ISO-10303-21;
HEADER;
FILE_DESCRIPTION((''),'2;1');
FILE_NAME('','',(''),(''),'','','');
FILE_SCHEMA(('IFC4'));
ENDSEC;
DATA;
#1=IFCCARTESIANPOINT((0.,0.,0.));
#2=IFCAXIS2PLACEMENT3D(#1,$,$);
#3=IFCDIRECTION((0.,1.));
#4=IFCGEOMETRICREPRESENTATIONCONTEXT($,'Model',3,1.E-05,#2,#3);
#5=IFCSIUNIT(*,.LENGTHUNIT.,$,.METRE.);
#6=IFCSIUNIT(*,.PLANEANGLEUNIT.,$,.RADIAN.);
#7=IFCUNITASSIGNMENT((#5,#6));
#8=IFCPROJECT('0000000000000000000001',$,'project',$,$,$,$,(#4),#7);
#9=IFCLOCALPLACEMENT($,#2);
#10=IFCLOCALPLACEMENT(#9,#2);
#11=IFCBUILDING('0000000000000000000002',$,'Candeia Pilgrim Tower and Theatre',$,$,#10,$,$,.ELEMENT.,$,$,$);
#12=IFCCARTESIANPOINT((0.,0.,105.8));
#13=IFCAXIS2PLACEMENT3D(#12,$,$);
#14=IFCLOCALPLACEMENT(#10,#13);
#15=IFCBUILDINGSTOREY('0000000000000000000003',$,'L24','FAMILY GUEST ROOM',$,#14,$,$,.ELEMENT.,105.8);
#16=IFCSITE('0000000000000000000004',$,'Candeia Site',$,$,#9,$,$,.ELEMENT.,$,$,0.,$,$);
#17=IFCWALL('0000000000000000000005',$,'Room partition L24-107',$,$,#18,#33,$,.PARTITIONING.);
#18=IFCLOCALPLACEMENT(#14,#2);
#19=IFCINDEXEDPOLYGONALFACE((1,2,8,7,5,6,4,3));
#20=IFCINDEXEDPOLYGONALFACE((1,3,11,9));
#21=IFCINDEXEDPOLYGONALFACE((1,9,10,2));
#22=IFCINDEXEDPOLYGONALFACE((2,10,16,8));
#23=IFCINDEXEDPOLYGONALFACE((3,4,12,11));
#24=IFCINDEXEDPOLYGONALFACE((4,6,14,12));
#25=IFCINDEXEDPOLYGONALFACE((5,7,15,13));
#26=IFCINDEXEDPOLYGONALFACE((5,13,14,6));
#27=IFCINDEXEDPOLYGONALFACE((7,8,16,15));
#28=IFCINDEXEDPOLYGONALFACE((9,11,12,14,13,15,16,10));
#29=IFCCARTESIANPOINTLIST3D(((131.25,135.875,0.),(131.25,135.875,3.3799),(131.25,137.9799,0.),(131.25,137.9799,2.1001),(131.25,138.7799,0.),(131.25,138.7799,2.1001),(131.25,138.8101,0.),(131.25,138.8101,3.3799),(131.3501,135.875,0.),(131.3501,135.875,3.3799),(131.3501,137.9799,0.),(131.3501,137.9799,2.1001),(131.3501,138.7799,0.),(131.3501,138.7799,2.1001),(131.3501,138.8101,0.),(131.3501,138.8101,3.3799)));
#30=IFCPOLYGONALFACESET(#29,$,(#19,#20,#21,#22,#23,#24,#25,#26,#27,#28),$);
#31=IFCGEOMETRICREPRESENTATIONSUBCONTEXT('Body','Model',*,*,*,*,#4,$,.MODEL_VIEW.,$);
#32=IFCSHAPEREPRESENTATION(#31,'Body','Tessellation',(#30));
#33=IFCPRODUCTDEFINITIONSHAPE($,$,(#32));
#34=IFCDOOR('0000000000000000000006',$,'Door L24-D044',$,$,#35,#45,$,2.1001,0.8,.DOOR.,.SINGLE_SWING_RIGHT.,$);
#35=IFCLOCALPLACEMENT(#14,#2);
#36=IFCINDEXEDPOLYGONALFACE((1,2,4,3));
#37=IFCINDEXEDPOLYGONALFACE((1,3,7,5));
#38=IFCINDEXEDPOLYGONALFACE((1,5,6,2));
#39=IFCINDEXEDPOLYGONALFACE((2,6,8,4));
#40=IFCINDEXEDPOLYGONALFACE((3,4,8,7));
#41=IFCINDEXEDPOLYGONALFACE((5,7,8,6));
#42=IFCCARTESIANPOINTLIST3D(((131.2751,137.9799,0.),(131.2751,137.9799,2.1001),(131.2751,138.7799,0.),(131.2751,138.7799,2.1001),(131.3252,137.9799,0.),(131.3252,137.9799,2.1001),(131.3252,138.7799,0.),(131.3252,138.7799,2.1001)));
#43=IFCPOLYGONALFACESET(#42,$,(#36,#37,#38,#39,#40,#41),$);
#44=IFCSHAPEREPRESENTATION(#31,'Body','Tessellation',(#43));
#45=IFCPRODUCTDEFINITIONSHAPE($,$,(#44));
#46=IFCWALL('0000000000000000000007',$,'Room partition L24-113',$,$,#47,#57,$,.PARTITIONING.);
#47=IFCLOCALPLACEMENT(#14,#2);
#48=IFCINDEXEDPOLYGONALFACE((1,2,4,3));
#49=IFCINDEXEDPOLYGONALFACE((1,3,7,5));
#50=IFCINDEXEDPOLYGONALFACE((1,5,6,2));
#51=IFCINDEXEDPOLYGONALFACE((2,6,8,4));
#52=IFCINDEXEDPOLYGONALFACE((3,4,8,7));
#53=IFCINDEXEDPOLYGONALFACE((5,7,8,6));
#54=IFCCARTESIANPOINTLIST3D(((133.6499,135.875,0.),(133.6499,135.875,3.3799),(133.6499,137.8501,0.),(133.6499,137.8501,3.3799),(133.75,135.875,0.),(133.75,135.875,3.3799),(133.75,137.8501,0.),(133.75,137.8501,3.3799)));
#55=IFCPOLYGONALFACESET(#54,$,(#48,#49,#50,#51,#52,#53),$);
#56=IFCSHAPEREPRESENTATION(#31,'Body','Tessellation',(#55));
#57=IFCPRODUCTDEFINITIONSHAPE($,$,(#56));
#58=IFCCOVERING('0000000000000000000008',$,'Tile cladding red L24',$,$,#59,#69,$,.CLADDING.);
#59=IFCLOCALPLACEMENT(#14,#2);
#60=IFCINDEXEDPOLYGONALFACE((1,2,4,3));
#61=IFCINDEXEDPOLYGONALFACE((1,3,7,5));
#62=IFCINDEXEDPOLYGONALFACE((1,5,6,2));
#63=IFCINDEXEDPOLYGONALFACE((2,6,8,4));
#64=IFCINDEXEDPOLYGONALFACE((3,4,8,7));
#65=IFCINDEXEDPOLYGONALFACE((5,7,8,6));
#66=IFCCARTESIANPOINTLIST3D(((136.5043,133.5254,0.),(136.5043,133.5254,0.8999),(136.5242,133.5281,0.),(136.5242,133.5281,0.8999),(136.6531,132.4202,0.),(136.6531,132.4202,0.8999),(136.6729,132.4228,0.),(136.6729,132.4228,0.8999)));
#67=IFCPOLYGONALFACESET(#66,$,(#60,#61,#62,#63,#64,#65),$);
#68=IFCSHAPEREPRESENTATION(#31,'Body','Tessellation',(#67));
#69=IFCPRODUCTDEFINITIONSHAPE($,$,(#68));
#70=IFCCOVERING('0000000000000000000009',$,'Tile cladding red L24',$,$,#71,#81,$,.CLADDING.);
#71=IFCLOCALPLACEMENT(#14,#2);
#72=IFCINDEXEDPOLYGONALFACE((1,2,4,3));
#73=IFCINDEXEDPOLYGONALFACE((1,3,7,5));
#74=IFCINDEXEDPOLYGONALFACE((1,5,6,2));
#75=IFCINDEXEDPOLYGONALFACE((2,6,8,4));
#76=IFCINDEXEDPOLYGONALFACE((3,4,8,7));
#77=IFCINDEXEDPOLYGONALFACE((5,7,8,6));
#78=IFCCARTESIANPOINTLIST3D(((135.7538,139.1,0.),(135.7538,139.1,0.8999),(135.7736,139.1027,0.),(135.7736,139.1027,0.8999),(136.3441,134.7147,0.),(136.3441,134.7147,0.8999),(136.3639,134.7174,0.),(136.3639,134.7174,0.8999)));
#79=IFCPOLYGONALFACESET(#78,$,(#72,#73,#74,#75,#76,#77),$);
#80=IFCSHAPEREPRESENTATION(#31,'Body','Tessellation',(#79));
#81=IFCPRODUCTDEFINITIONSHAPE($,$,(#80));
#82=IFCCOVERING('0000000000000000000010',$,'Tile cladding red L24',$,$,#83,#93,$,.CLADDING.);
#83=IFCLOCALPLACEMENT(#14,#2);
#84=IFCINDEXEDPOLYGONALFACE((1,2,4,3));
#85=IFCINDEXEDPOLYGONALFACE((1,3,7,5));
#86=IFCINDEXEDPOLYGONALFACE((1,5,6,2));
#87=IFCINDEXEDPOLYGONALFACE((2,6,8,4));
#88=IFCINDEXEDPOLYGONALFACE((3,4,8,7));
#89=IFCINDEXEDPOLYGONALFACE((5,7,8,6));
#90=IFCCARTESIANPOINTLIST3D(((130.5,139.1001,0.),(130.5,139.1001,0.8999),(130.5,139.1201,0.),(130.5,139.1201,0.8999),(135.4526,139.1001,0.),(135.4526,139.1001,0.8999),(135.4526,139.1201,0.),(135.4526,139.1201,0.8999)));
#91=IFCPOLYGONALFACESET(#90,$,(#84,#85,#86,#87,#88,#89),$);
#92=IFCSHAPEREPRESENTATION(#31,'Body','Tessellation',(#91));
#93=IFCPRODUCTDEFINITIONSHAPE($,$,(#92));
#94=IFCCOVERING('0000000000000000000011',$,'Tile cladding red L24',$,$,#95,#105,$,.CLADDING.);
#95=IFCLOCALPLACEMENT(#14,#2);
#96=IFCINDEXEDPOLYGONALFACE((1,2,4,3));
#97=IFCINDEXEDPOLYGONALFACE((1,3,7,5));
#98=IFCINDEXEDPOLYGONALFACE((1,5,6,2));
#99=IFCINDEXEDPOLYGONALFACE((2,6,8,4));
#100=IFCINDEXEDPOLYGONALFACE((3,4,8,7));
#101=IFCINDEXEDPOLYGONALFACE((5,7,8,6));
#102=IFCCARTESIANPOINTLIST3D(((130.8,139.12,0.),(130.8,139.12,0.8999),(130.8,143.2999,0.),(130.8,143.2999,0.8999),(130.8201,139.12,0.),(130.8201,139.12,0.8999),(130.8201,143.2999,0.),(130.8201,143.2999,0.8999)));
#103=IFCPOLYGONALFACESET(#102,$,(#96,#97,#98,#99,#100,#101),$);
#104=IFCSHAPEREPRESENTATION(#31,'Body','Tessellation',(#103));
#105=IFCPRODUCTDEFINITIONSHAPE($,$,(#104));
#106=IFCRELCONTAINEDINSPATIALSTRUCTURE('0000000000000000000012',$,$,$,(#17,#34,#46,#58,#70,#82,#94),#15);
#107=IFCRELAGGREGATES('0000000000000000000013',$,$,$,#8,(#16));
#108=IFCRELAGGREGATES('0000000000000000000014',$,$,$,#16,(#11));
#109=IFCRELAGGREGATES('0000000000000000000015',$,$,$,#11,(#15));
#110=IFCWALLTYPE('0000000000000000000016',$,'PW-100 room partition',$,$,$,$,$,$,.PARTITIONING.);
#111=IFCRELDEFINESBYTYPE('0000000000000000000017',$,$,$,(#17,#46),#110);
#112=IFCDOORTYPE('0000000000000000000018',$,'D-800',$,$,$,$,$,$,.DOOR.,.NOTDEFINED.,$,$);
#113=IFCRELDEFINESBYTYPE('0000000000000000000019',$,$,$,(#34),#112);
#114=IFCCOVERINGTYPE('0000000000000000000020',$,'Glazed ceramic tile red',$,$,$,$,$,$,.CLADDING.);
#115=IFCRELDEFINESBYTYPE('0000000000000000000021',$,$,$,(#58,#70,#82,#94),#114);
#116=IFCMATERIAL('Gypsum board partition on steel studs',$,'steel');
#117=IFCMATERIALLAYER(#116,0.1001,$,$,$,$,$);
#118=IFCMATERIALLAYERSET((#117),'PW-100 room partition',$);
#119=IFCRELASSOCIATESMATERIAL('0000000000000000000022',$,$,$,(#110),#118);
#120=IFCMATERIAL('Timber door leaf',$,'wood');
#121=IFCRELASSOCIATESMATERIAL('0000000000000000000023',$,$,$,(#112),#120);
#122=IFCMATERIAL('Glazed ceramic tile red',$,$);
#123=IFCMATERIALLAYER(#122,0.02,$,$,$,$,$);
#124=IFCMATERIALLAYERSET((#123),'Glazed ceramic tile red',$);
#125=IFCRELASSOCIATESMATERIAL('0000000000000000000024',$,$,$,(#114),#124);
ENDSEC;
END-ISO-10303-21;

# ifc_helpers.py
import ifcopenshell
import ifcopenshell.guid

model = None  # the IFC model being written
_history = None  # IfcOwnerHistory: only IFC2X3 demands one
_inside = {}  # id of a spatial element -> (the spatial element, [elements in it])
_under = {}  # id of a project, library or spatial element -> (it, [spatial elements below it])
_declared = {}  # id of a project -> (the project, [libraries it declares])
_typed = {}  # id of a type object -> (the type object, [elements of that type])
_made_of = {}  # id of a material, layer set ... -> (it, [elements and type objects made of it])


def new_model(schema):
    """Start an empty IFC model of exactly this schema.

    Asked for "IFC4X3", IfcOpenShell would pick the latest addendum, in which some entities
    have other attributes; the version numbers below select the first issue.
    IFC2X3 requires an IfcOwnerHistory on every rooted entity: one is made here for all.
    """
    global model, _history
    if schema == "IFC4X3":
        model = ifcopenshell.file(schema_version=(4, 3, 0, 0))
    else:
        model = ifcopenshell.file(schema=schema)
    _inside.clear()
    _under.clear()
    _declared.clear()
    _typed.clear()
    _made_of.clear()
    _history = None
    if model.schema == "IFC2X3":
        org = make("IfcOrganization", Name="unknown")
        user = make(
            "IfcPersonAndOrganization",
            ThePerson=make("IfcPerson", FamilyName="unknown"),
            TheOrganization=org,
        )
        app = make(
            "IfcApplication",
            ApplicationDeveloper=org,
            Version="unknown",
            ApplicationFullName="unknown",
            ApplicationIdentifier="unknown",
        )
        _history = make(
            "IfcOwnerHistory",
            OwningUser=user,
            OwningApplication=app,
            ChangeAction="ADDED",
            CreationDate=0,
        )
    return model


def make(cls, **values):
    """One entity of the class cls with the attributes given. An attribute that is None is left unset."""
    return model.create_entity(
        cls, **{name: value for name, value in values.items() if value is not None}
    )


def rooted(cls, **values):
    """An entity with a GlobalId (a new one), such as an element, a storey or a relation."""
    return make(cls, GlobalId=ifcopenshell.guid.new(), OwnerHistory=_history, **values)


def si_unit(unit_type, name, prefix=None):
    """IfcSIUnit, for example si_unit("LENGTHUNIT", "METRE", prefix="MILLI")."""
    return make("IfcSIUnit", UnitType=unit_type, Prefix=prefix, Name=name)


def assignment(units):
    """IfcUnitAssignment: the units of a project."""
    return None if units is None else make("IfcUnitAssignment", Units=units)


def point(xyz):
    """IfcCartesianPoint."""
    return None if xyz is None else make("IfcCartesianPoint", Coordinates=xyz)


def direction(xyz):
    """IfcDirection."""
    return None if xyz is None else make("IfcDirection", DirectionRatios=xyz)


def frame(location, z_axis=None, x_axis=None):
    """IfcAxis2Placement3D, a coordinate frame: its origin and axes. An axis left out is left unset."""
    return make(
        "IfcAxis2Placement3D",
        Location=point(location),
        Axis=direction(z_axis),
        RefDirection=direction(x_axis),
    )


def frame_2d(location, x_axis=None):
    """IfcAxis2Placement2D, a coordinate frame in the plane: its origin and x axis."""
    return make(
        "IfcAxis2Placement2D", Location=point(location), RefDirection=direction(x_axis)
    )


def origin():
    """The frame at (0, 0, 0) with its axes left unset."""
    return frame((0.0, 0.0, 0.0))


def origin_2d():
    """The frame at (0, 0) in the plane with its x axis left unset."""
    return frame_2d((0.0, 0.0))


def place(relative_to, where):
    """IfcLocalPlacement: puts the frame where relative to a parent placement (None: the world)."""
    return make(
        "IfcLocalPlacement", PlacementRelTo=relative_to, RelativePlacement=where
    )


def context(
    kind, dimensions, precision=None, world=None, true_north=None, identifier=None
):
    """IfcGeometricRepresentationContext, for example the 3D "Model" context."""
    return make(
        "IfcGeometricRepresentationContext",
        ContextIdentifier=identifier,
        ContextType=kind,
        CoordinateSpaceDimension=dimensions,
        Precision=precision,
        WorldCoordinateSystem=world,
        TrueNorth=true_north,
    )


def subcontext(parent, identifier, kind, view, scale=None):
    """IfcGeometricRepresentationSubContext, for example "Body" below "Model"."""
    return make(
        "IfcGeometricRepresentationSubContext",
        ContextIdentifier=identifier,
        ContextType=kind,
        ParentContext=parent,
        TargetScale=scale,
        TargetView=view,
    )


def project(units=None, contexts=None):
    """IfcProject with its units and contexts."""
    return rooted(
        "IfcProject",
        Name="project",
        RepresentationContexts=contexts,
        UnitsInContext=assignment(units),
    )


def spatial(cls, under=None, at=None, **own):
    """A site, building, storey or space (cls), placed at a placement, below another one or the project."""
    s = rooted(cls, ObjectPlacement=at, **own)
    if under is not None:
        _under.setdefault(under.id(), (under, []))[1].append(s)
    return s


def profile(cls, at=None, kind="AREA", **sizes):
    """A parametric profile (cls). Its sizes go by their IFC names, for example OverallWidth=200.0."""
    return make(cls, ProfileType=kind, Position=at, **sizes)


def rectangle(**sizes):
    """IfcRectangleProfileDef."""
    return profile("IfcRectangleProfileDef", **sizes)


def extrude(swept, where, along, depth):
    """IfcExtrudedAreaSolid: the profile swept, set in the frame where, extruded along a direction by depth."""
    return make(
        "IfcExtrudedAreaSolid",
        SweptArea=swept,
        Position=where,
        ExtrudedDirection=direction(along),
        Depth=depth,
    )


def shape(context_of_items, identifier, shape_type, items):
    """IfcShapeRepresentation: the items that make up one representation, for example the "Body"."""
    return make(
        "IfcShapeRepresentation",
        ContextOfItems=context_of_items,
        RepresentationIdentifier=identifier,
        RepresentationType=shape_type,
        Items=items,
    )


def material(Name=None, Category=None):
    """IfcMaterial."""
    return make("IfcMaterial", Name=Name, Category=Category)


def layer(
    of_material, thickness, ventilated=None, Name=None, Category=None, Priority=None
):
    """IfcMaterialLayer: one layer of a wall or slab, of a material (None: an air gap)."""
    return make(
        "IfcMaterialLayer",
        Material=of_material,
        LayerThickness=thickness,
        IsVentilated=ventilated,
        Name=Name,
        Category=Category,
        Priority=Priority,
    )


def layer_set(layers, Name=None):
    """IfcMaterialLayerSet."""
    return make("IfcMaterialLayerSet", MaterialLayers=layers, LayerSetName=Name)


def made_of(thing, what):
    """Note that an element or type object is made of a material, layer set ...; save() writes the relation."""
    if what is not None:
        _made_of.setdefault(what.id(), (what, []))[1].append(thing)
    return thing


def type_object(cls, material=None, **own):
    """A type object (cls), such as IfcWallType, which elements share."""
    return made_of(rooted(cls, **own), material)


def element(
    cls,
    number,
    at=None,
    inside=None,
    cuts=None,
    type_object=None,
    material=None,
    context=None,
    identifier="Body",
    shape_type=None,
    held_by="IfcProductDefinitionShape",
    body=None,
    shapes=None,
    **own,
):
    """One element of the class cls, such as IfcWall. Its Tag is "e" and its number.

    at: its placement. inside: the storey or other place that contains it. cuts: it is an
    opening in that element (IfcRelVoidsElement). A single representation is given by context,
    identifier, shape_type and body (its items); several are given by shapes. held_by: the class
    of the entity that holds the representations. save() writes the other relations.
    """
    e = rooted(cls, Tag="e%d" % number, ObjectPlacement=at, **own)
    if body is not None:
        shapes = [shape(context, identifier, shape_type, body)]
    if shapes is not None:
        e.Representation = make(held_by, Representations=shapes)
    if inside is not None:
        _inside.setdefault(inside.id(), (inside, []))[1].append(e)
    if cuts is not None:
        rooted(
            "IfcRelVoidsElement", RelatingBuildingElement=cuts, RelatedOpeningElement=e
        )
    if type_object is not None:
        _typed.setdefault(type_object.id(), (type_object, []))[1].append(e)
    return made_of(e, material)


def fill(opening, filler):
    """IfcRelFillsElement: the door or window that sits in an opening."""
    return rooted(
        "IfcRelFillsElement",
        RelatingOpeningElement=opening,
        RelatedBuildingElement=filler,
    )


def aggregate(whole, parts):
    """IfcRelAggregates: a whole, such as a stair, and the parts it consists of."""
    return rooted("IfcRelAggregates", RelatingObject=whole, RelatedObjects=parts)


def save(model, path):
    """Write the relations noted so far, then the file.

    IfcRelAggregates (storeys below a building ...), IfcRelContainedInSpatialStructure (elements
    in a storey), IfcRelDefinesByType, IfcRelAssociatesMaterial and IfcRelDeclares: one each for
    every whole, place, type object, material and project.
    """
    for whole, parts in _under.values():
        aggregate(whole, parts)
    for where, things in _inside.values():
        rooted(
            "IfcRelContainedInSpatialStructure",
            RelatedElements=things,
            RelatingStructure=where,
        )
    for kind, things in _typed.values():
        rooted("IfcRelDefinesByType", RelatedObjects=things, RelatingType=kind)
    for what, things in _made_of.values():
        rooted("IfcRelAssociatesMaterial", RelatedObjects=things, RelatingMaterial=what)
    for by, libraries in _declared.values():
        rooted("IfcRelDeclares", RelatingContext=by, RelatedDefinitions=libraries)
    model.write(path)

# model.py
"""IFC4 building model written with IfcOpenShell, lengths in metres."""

from ifc_helpers import new_model, si_unit, direction, frame, frame_2d, origin, origin_2d, place, context, subcontext, project, spatial, rectangle, extrude, material, layer, layer_set, type_object, element, fill, save


model = new_model("IFC4")

# Units and contexts
model_context = context("Model", 3, precision=1e-05, world=origin(), true_north=direction((0.0, 1.0)))
body_context = subcontext(model_context, "Body", "Model", "MODEL_VIEW")
ifc_project = project(units=[si_unit("LENGTHUNIT", "METRE"), si_unit("PLANEANGLEUNIT", "RADIAN")], contexts=[model_context])

# Site, building, storey
site_placement = place(None, origin())
site = spatial("IfcSite", under=ifc_project, at=site_placement, Name="Candeia Site", CompositionType="ELEMENT", RefElevation=0.0)
building_placement = place(site_placement, origin())
building = spatial("IfcBuilding", under=site, at=building_placement, Name="Candeia Pilgrim Tower and Theatre", CompositionType="ELEMENT")
storey_placement = place(building_placement, frame((0.0, 0.0, 105.8)))
storey = spatial("IfcBuildingStorey", under=building, at=storey_placement, Name="L24", Description="FAMILY GUEST ROOM", CompositionType="ELEMENT", Elevation=105.8)

# Wall, opening, door
ifc_material_1 = material(Name="Gypsum board partition on steel studs", Category="steel")
ifc_layer_1 = layer(ifc_material_1, 0.1001)
ifc_layer_set_1 = layer_set([ifc_layer_1], Name="PW-100 room partition")
wall_type_1 = type_object("IfcWallType", Name="PW-100 room partition", PredefinedType="PARTITIONING", material=ifc_layer_set_1)
ifc_material_2 = material(Name="Timber door leaf", Category="wood")
door_type_1 = type_object("IfcDoorType", Name="D-800", OperationType="NOTDEFINED", PredefinedType="DOOR", material=ifc_material_2)
wall_1_placement = place(storey_placement, frame((131.3, 135.875, 0.0), z_axis=(0.0, 0.0, 1.0), x_axis=(0.0, 1.0, 0.0)))
wall_1 = element("IfcWall", 1, at=wall_1_placement, inside=storey, type_object=wall_type_1, Name="Room partition L24-107", PredefinedType="PARTITIONING", context=body_context, shape_type="SweptSolid", body=[
    extrude(rectangle(XDim=2.9351, YDim=0.1001, at=frame_2d((1.4675, 0.0))), origin(), (0.0, 0.0, 1.0), 3.3799),
])
opening_1_placement = place(wall_1_placement, frame((2.105, 0.0, 0.0)))
opening_1 = element("IfcOpeningElement", 2, at=opening_1_placement, cuts=wall_1, PredefinedType="OPENING", context=body_context, shape_type="SweptSolid", body=[
    extrude(rectangle(XDim=0.8, YDim=2.1001, at=frame_2d((0.3999, 1.05))), frame((0.0, 0.0601, 0.0), z_axis=(0.0, -1.0, 0.0), x_axis=(1.0, 0.0, 0.0)), (0.0, 0.0, 1.0), 0.1201),
])
door_1_placement = place(opening_1_placement, origin())
door_1 = element("IfcDoor", 3, at=door_1_placement, inside=storey, type_object=door_type_1, Name="Door L24-D044", OperationType="SINGLE_SWING_RIGHT", OverallHeight=2.1001, OverallWidth=0.8, PredefinedType="DOOR", context=body_context, shape_type="SweptSolid", body=[
    extrude(rectangle(XDim=0.8, YDim=2.1001, at=frame_2d((0.3999, 1.05))), frame((0.0, 0.0249, 0.0), z_axis=(0.0, -1.0, 0.0), x_axis=(1.0, 0.0, 0.0)), (0.0, 0.0, 1.0), 0.05),
])
fill(opening_1, door_1)

# Wall
wall_2_placement = place(storey_placement, frame((133.7, 135.875, 0.0), z_axis=(0.0, 0.0, 1.0), x_axis=(0.0, 1.0, 0.0)))
element("IfcWall", 4, at=wall_2_placement, inside=storey, type_object=wall_type_1, Name="Room partition L24-113", PredefinedType="PARTITIONING", context=body_context, shape_type="SweptSolid", body=[
    extrude(rectangle(XDim=1.9751, YDim=0.1001, at=frame_2d((0.9875, 0.0))), origin(), (0.0, 0.0, 1.0), 3.3799),
])

# Coverings
ifc_material_3 = material(Name="Glazed ceramic tile red")
ifc_layer_2 = layer(ifc_material_3, 0.02)
ifc_layer_set_2 = layer_set([ifc_layer_2], Name="Glazed ceramic tile red")
covering_type = type_object("IfcCoveringType", Name="Glazed ceramic tile red", PredefinedType="CLADDING", material=ifc_layer_set_2)
covering_1_placement = place(storey_placement, frame((136.5886, 132.9741, 0.0), z_axis=(0.0, 0.0, 1.0), x_axis=(-0.133412, 0.991061, 0.0)))
element("IfcCovering", 5, at=covering_1_placement, inside=storey, type_object=covering_type, Name="Tile cladding red L24", PredefinedType="CLADDING", context=body_context, shape_type="SweptSolid", body=[
    extrude(rectangle(XDim=1.1152, YDim=0.02, at=origin_2d()), origin(), (0.0, 0.0, 1.0), 0.8999),
])
covering_2_placement = place(storey_placement, frame((136.0588, 136.9087, 0.0), z_axis=(0.0, 0.0, 1.0), x_axis=(-0.133412, 0.991061, 0.0)))
element("IfcCovering", 6, at=covering_2_placement, inside=storey, type_object=covering_type, Name="Tile cladding red L24", PredefinedType="CLADDING", context=body_context, shape_type="SweptSolid", body=[
    extrude(rectangle(XDim=4.4248, YDim=0.02, at=origin_2d()), origin(), (0.0, 0.0, 1.0), 0.8999),
])
covering_3_placement = place(storey_placement, frame((132.9763, 139.1101, 0.0), z_axis=(0.0, 0.0, 1.0), x_axis=(-1.0, 0.0, 0.0)))
element("IfcCovering", 7, at=covering_3_placement, inside=storey, type_object=covering_type, Name="Tile cladding red L24", PredefinedType="CLADDING", context=body_context, shape_type="SweptSolid", body=[
    extrude(rectangle(XDim=4.9526, YDim=0.02, at=origin_2d()), origin(), (0.0, 0.0, 1.0), 0.8999),
])
covering_4_placement = place(storey_placement, frame((130.8101, 141.21, 0.0), z_axis=(0.0, 0.0, 1.0), x_axis=(0.0, 1.0, 0.0)))
element("IfcCovering", 8, at=covering_4_placement, inside=storey, type_object=covering_type, Name="Tile cladding red L24", PredefinedType="CLADDING", context=body_context, shape_type="SweptSolid", body=[
    extrude(rectangle(XDim=4.1799, YDim=0.02, at=origin_2d()), origin(), (0.0, 0.0, 1.0), 0.8999),
])

save(model, "model.ifc")
